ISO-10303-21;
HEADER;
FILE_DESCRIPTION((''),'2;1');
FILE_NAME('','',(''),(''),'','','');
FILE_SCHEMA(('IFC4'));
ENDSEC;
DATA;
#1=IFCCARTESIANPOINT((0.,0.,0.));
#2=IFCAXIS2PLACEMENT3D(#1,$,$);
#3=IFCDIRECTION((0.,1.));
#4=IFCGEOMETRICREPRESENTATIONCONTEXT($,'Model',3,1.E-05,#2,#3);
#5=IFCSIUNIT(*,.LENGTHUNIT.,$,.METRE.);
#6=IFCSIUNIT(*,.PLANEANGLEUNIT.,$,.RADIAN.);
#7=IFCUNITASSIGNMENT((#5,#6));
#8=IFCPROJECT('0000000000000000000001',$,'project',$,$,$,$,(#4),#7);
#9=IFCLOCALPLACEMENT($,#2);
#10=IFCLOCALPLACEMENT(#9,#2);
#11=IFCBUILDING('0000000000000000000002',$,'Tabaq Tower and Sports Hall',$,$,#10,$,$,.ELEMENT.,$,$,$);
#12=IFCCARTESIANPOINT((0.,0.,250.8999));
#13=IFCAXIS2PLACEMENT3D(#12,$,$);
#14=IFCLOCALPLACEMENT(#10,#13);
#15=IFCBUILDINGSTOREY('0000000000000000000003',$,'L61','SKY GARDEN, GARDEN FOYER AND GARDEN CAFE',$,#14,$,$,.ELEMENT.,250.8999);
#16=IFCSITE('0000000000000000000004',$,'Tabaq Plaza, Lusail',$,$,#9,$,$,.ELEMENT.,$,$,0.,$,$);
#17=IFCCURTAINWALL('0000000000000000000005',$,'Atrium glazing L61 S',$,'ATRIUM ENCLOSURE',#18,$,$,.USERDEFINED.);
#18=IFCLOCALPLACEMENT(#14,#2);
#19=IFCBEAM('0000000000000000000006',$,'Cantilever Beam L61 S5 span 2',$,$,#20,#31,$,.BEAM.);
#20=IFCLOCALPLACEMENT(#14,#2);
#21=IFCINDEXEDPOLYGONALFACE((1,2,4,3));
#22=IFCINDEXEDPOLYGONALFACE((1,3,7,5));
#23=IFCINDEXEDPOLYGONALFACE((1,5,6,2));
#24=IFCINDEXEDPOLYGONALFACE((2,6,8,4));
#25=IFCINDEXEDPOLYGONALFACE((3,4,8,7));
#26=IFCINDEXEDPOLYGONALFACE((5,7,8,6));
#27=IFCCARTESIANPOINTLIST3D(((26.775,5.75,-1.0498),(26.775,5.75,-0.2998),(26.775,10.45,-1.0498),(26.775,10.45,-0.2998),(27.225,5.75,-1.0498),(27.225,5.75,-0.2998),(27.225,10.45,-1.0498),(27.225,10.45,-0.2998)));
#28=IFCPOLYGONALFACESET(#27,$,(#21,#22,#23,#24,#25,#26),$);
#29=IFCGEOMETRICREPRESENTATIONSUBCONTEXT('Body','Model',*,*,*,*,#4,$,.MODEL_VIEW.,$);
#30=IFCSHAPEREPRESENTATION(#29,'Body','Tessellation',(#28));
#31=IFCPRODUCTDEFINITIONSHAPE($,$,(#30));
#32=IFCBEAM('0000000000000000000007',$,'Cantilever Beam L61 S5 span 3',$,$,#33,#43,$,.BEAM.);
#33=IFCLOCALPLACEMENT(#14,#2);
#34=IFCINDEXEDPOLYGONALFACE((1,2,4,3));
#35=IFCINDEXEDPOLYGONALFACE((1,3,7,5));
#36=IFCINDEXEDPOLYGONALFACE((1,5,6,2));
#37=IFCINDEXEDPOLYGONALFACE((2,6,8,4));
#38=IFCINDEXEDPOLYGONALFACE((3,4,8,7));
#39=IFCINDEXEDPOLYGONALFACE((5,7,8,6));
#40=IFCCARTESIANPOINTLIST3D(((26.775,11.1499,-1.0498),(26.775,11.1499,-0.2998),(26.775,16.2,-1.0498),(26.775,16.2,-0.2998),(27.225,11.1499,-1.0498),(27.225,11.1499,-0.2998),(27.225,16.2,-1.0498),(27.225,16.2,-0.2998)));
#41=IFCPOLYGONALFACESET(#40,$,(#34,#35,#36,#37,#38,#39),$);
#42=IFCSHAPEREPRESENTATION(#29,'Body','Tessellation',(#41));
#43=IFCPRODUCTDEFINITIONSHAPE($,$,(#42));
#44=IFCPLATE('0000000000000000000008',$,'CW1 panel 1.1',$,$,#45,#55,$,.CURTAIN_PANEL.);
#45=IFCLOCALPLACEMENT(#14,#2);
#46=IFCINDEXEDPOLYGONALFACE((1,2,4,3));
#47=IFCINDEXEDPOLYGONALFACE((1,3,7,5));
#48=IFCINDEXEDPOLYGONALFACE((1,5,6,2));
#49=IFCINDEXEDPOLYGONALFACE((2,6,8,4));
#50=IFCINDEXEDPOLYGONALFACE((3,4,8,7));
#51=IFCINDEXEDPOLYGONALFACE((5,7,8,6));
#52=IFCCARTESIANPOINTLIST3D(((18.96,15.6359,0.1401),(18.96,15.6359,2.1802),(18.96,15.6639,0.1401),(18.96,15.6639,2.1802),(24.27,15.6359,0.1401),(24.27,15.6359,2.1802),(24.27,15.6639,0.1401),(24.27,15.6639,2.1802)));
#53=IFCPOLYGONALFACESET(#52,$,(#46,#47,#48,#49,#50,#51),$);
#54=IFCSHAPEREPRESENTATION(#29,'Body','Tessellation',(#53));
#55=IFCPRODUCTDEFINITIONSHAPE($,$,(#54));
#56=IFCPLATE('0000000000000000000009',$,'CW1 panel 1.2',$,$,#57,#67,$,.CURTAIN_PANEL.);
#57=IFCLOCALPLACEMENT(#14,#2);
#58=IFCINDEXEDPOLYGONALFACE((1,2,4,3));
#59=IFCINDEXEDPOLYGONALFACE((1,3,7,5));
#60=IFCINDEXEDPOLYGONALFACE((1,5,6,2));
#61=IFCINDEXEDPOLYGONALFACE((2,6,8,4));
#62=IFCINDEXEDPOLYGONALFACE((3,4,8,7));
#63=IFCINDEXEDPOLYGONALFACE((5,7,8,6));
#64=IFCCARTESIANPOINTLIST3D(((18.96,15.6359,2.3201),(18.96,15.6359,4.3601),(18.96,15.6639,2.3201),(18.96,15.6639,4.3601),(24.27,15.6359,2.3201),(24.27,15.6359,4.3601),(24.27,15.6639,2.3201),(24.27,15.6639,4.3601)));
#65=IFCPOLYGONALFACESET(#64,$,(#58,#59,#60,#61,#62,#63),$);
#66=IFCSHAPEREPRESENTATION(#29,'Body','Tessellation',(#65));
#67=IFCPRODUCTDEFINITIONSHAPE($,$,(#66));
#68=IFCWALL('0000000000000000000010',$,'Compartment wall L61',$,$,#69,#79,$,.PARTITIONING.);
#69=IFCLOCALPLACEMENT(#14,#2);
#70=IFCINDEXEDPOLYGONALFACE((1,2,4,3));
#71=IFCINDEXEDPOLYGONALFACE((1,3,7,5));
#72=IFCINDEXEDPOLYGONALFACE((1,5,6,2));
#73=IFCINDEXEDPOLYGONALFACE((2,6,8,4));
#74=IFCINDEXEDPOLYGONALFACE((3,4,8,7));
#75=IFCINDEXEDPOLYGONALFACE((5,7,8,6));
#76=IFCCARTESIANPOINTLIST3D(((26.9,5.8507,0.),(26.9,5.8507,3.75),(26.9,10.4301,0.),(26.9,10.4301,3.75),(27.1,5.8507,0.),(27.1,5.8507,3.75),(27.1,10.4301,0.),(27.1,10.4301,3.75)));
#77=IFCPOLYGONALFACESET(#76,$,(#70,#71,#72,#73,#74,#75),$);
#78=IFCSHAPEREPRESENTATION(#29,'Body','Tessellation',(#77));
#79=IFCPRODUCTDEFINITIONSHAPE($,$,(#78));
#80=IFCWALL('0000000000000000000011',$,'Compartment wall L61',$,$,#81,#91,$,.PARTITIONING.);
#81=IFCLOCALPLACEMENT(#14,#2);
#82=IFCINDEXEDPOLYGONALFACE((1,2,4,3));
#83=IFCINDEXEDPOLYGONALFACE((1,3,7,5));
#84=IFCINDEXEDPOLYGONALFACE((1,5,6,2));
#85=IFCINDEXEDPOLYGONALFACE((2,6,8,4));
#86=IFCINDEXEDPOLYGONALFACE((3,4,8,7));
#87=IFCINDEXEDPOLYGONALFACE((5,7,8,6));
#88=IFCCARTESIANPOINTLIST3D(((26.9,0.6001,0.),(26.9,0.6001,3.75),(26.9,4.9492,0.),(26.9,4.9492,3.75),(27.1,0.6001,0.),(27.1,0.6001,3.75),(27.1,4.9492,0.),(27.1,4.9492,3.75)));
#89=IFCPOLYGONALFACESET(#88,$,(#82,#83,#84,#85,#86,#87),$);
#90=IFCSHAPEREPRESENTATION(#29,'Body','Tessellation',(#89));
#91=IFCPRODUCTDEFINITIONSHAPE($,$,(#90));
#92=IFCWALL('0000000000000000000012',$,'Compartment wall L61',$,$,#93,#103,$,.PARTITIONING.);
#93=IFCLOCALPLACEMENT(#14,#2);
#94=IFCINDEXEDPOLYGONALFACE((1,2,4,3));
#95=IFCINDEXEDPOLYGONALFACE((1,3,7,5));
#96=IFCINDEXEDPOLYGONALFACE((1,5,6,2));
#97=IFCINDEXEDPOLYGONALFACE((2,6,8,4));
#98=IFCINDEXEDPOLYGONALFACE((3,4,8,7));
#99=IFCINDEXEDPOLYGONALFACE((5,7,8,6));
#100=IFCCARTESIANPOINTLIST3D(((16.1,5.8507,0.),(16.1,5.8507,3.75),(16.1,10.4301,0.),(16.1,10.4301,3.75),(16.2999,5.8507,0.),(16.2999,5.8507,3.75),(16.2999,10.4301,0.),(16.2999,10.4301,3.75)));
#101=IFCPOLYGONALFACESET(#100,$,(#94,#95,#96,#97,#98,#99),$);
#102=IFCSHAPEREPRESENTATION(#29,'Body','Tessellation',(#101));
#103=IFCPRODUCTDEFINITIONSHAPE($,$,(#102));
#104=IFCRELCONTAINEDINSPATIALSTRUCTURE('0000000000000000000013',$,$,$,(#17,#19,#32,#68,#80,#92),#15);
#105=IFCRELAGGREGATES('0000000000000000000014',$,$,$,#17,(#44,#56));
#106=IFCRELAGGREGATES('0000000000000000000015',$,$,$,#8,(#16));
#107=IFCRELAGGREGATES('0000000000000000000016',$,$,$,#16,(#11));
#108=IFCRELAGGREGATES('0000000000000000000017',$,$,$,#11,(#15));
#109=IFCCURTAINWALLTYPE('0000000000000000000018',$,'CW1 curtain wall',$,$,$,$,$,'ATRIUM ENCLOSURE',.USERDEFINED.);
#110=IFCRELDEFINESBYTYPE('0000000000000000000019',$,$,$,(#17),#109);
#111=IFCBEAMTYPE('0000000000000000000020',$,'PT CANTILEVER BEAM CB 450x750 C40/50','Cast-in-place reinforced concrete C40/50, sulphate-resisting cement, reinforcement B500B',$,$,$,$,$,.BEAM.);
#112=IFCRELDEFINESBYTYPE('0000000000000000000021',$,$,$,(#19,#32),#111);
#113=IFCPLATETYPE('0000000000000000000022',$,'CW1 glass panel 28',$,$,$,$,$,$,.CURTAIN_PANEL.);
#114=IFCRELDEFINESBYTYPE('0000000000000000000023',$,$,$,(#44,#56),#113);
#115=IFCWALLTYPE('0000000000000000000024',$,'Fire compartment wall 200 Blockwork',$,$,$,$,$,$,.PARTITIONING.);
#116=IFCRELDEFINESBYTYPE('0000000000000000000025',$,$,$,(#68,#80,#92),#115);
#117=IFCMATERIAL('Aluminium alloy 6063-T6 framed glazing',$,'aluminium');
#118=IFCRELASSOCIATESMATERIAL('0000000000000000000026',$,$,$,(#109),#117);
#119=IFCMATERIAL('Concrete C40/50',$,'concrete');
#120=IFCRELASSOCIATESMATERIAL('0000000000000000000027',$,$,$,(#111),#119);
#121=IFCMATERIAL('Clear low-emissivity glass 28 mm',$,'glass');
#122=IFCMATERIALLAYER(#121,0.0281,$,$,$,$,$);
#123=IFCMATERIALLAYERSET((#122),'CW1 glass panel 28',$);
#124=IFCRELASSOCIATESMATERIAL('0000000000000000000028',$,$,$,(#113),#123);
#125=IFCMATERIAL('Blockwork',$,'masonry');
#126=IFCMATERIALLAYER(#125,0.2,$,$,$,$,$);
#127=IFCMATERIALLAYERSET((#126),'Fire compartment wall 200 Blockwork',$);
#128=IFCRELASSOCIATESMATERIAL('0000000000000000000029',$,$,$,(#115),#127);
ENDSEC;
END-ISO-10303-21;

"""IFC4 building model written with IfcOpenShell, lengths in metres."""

from ifc_helpers import new_model, si_unit, direction, frame, frame_2d, origin, origin_2d, place, context, subcontext, project, spatial, rectangle, extrude, material, layer, layer_set, material_profile, profile_set, type_object, element, aggregate, save


model = new_model("IFC4")

# Units and contexts
model_context = context("Model", 3, precision=1e-05, world=origin(), true_north=direction((0.0, 1.0)))
body_context = subcontext(model_context, "Body", "Model", "MODEL_VIEW")
ifc_project = project(units=[si_unit("LENGTHUNIT", "METRE"), si_unit("PLANEANGLEUNIT", "RADIAN")], contexts=[model_context])

# Site, building, storey
site_placement = place(None, origin())
site = spatial("IfcSite", under=ifc_project, at=site_placement, Name="Tabaq Plaza, Lusail", CompositionType="ELEMENT", RefElevation=0.0)
building_placement = place(site_placement, origin())
building = spatial("IfcBuilding", under=site, at=building_placement, Name="Tabaq Tower and Sports Hall", CompositionType="ELEMENT")
storey_placement = place(building_placement, frame((0.0, 0.0, 250.8999)))
storey = spatial("IfcBuildingStorey", under=building, at=storey_placement, Name="L61", Description="SKY GARDEN, GARDEN FOYER AND GARDEN CAFE", CompositionType="ELEMENT", Elevation=250.8999)

# Curtain wall
ifc_material_1 = material(Name="Aluminium alloy 6063-T6 framed glazing", Category="aluminium")
curtain_wall_type = type_object("IfcCurtainWallType", Name="CW1 curtain wall", ElementType="ATRIUM ENCLOSURE", PredefinedType="USERDEFINED", material=ifc_material_1)
curtain_wall_placement = place(storey_placement, origin())
curtain_wall = element("IfcCurtainWall", 1, at=curtain_wall_placement, inside=storey, type_object=curtain_wall_type, Name="Atrium glazing L61 S", ObjectType="ATRIUM ENCLOSURE", PredefinedType="USERDEFINED")

# Beams
ifc_material_2 = material(Name="Concrete C40/50", Category="concrete")
ifc_material_profile_1 = material_profile(ifc_material_2, rectangle(XDim=0.45, YDim=0.75, at=origin_2d()), Name="CB 450x750")
ifc_profile_set_1 = profile_set([ifc_material_profile_1], Name="Concrete C40/50")
beam_type = type_object("IfcBeamType", Name="PT CANTILEVER BEAM CB 450x750 C40/50", Description="Cast-in-place reinforced concrete C40/50, sulphate-resisting cement, reinforcement B500B", PredefinedType="BEAM", material=ifc_profile_set_1)
beam_1_placement = place(storey_placement, frame((27.0, 5.75, -0.6748), z_axis=(0.0, 1.0, 0.0), x_axis=(-1.0, 0.0, 0.0)))
element("IfcBeam", 2, at=beam_1_placement, inside=storey, type_object=beam_type, Name="Cantilever Beam L61 S5 span 2", PredefinedType="BEAM", context=body_context, shape_type="SweptSolid", body=[
    extrude(rectangle(XDim=0.45, YDim=0.75, at=origin_2d()), origin(), (0.0, 0.0, 1.0), 4.7),
])
beam_2_placement = place(storey_placement, frame((27.0, 11.1499, -0.6748), z_axis=(0.0, 1.0, 0.0), x_axis=(-1.0, 0.0, 0.0)))
element("IfcBeam", 3, at=beam_2_placement, inside=storey, type_object=beam_type, Name="Cantilever Beam L61 S5 span 3", PredefinedType="BEAM", context=body_context, shape_type="SweptSolid", body=[
    extrude(rectangle(XDim=0.45, YDim=0.75, at=origin_2d()), origin(), (0.0, 0.0, 1.0), 5.05),
])

# Plates
ifc_material_3 = material(Name="Clear low-emissivity glass 28 mm", Category="glass")
ifc_layer_1 = layer(ifc_material_3, 0.0281)
ifc_layer_set_1 = layer_set([ifc_layer_1], Name="CW1 glass panel 28")
plate_type = type_object("IfcPlateType", Name="CW1 glass panel 28", PredefinedType="CURTAIN_PANEL", material=ifc_layer_set_1)
plate_1_placement = place(storey_placement, frame((21.615, 15.6499, 0.1401), z_axis=(0.0, 0.0, 1.0), x_axis=(1.0, 0.0, 0.0)))
plate_1 = element("IfcPlate", 4, at=plate_1_placement, type_object=plate_type, Name="CW1 panel 1.1", PredefinedType="CURTAIN_PANEL", context=body_context, shape_type="SweptSolid", body=[
    extrude(rectangle(XDim=5.3101, YDim=0.0281, at=origin_2d()), origin(), (0.0, 0.0, 1.0), 2.04),
])
plate_2_placement = place(storey_placement, frame((21.615, 15.6499, 2.3201), z_axis=(0.0, 0.0, 1.0), x_axis=(1.0, 0.0, 0.0)))
plate_2 = element("IfcPlate", 5, at=plate_2_placement, type_object=plate_type, Name="CW1 panel 1.2", PredefinedType="CURTAIN_PANEL", context=body_context, shape_type="SweptSolid", body=[
    extrude(rectangle(XDim=5.3101, YDim=0.0281, at=origin_2d()), origin(), (0.0, 0.0, 1.0), 2.04),
])
aggregate(curtain_wall, [plate_1, plate_2])

# Walls
ifc_material_4 = material(Name="Blockwork", Category="masonry")
ifc_layer_2 = layer(ifc_material_4, 0.2)
ifc_layer_set_2 = layer_set([ifc_layer_2], Name="Fire compartment wall 200 Blockwork")
wall_type_1 = type_object("IfcWallType", Name="Fire compartment wall 200 Blockwork", PredefinedType="PARTITIONING", material=ifc_layer_set_2)
wall_1_placement = place(storey_placement, frame((27.0, 10.4299, 0.0), z_axis=(0.0, 0.0, 1.0), x_axis=(0.0, -1.0, 0.0)))
element("IfcWall", 6, at=wall_1_placement, inside=storey, type_object=wall_type_1, Name="Compartment wall L61", PredefinedType="PARTITIONING", context=body_context, shape_type="SweptSolid", body=[
    extrude(rectangle(XDim=4.5793, YDim=0.2, at=frame_2d((2.2896, 0.0))), origin(), (0.0, 0.0, 1.0), 3.75),
])
wall_2_placement = place(storey_placement, frame((27.0, 4.9492, 0.0), z_axis=(0.0, 0.0, 1.0), x_axis=(0.0, -1.0, 0.0)))
element("IfcWall", 7, at=wall_2_placement, inside=storey, type_object=wall_type_1, Name="Compartment wall L61", PredefinedType="PARTITIONING", context=body_context, shape_type="SweptSolid", body=[
    extrude(rectangle(XDim=4.3491, YDim=0.2, at=frame_2d((2.1746, 0.0))), origin(), (0.0, 0.0, 1.0), 3.75),
])

# Wall
wall_3_placement = place(storey_placement, frame((16.2, 10.4299, 0.0), z_axis=(0.0, 0.0, 1.0), x_axis=(0.0, -1.0, 0.0)))
element("IfcWall", 8, at=wall_3_placement, inside=storey, type_object=wall_type_1, Name="Compartment wall L61", PredefinedType="PARTITIONING", context=body_context, shape_type="SweptSolid", body=[
    extrude(rectangle(XDim=4.5793, YDim=0.2, at=frame_2d((2.2896, 0.0))), origin(), (0.0, 0.0, 1.0), 3.75),
])

save(model, "model.ifc")
